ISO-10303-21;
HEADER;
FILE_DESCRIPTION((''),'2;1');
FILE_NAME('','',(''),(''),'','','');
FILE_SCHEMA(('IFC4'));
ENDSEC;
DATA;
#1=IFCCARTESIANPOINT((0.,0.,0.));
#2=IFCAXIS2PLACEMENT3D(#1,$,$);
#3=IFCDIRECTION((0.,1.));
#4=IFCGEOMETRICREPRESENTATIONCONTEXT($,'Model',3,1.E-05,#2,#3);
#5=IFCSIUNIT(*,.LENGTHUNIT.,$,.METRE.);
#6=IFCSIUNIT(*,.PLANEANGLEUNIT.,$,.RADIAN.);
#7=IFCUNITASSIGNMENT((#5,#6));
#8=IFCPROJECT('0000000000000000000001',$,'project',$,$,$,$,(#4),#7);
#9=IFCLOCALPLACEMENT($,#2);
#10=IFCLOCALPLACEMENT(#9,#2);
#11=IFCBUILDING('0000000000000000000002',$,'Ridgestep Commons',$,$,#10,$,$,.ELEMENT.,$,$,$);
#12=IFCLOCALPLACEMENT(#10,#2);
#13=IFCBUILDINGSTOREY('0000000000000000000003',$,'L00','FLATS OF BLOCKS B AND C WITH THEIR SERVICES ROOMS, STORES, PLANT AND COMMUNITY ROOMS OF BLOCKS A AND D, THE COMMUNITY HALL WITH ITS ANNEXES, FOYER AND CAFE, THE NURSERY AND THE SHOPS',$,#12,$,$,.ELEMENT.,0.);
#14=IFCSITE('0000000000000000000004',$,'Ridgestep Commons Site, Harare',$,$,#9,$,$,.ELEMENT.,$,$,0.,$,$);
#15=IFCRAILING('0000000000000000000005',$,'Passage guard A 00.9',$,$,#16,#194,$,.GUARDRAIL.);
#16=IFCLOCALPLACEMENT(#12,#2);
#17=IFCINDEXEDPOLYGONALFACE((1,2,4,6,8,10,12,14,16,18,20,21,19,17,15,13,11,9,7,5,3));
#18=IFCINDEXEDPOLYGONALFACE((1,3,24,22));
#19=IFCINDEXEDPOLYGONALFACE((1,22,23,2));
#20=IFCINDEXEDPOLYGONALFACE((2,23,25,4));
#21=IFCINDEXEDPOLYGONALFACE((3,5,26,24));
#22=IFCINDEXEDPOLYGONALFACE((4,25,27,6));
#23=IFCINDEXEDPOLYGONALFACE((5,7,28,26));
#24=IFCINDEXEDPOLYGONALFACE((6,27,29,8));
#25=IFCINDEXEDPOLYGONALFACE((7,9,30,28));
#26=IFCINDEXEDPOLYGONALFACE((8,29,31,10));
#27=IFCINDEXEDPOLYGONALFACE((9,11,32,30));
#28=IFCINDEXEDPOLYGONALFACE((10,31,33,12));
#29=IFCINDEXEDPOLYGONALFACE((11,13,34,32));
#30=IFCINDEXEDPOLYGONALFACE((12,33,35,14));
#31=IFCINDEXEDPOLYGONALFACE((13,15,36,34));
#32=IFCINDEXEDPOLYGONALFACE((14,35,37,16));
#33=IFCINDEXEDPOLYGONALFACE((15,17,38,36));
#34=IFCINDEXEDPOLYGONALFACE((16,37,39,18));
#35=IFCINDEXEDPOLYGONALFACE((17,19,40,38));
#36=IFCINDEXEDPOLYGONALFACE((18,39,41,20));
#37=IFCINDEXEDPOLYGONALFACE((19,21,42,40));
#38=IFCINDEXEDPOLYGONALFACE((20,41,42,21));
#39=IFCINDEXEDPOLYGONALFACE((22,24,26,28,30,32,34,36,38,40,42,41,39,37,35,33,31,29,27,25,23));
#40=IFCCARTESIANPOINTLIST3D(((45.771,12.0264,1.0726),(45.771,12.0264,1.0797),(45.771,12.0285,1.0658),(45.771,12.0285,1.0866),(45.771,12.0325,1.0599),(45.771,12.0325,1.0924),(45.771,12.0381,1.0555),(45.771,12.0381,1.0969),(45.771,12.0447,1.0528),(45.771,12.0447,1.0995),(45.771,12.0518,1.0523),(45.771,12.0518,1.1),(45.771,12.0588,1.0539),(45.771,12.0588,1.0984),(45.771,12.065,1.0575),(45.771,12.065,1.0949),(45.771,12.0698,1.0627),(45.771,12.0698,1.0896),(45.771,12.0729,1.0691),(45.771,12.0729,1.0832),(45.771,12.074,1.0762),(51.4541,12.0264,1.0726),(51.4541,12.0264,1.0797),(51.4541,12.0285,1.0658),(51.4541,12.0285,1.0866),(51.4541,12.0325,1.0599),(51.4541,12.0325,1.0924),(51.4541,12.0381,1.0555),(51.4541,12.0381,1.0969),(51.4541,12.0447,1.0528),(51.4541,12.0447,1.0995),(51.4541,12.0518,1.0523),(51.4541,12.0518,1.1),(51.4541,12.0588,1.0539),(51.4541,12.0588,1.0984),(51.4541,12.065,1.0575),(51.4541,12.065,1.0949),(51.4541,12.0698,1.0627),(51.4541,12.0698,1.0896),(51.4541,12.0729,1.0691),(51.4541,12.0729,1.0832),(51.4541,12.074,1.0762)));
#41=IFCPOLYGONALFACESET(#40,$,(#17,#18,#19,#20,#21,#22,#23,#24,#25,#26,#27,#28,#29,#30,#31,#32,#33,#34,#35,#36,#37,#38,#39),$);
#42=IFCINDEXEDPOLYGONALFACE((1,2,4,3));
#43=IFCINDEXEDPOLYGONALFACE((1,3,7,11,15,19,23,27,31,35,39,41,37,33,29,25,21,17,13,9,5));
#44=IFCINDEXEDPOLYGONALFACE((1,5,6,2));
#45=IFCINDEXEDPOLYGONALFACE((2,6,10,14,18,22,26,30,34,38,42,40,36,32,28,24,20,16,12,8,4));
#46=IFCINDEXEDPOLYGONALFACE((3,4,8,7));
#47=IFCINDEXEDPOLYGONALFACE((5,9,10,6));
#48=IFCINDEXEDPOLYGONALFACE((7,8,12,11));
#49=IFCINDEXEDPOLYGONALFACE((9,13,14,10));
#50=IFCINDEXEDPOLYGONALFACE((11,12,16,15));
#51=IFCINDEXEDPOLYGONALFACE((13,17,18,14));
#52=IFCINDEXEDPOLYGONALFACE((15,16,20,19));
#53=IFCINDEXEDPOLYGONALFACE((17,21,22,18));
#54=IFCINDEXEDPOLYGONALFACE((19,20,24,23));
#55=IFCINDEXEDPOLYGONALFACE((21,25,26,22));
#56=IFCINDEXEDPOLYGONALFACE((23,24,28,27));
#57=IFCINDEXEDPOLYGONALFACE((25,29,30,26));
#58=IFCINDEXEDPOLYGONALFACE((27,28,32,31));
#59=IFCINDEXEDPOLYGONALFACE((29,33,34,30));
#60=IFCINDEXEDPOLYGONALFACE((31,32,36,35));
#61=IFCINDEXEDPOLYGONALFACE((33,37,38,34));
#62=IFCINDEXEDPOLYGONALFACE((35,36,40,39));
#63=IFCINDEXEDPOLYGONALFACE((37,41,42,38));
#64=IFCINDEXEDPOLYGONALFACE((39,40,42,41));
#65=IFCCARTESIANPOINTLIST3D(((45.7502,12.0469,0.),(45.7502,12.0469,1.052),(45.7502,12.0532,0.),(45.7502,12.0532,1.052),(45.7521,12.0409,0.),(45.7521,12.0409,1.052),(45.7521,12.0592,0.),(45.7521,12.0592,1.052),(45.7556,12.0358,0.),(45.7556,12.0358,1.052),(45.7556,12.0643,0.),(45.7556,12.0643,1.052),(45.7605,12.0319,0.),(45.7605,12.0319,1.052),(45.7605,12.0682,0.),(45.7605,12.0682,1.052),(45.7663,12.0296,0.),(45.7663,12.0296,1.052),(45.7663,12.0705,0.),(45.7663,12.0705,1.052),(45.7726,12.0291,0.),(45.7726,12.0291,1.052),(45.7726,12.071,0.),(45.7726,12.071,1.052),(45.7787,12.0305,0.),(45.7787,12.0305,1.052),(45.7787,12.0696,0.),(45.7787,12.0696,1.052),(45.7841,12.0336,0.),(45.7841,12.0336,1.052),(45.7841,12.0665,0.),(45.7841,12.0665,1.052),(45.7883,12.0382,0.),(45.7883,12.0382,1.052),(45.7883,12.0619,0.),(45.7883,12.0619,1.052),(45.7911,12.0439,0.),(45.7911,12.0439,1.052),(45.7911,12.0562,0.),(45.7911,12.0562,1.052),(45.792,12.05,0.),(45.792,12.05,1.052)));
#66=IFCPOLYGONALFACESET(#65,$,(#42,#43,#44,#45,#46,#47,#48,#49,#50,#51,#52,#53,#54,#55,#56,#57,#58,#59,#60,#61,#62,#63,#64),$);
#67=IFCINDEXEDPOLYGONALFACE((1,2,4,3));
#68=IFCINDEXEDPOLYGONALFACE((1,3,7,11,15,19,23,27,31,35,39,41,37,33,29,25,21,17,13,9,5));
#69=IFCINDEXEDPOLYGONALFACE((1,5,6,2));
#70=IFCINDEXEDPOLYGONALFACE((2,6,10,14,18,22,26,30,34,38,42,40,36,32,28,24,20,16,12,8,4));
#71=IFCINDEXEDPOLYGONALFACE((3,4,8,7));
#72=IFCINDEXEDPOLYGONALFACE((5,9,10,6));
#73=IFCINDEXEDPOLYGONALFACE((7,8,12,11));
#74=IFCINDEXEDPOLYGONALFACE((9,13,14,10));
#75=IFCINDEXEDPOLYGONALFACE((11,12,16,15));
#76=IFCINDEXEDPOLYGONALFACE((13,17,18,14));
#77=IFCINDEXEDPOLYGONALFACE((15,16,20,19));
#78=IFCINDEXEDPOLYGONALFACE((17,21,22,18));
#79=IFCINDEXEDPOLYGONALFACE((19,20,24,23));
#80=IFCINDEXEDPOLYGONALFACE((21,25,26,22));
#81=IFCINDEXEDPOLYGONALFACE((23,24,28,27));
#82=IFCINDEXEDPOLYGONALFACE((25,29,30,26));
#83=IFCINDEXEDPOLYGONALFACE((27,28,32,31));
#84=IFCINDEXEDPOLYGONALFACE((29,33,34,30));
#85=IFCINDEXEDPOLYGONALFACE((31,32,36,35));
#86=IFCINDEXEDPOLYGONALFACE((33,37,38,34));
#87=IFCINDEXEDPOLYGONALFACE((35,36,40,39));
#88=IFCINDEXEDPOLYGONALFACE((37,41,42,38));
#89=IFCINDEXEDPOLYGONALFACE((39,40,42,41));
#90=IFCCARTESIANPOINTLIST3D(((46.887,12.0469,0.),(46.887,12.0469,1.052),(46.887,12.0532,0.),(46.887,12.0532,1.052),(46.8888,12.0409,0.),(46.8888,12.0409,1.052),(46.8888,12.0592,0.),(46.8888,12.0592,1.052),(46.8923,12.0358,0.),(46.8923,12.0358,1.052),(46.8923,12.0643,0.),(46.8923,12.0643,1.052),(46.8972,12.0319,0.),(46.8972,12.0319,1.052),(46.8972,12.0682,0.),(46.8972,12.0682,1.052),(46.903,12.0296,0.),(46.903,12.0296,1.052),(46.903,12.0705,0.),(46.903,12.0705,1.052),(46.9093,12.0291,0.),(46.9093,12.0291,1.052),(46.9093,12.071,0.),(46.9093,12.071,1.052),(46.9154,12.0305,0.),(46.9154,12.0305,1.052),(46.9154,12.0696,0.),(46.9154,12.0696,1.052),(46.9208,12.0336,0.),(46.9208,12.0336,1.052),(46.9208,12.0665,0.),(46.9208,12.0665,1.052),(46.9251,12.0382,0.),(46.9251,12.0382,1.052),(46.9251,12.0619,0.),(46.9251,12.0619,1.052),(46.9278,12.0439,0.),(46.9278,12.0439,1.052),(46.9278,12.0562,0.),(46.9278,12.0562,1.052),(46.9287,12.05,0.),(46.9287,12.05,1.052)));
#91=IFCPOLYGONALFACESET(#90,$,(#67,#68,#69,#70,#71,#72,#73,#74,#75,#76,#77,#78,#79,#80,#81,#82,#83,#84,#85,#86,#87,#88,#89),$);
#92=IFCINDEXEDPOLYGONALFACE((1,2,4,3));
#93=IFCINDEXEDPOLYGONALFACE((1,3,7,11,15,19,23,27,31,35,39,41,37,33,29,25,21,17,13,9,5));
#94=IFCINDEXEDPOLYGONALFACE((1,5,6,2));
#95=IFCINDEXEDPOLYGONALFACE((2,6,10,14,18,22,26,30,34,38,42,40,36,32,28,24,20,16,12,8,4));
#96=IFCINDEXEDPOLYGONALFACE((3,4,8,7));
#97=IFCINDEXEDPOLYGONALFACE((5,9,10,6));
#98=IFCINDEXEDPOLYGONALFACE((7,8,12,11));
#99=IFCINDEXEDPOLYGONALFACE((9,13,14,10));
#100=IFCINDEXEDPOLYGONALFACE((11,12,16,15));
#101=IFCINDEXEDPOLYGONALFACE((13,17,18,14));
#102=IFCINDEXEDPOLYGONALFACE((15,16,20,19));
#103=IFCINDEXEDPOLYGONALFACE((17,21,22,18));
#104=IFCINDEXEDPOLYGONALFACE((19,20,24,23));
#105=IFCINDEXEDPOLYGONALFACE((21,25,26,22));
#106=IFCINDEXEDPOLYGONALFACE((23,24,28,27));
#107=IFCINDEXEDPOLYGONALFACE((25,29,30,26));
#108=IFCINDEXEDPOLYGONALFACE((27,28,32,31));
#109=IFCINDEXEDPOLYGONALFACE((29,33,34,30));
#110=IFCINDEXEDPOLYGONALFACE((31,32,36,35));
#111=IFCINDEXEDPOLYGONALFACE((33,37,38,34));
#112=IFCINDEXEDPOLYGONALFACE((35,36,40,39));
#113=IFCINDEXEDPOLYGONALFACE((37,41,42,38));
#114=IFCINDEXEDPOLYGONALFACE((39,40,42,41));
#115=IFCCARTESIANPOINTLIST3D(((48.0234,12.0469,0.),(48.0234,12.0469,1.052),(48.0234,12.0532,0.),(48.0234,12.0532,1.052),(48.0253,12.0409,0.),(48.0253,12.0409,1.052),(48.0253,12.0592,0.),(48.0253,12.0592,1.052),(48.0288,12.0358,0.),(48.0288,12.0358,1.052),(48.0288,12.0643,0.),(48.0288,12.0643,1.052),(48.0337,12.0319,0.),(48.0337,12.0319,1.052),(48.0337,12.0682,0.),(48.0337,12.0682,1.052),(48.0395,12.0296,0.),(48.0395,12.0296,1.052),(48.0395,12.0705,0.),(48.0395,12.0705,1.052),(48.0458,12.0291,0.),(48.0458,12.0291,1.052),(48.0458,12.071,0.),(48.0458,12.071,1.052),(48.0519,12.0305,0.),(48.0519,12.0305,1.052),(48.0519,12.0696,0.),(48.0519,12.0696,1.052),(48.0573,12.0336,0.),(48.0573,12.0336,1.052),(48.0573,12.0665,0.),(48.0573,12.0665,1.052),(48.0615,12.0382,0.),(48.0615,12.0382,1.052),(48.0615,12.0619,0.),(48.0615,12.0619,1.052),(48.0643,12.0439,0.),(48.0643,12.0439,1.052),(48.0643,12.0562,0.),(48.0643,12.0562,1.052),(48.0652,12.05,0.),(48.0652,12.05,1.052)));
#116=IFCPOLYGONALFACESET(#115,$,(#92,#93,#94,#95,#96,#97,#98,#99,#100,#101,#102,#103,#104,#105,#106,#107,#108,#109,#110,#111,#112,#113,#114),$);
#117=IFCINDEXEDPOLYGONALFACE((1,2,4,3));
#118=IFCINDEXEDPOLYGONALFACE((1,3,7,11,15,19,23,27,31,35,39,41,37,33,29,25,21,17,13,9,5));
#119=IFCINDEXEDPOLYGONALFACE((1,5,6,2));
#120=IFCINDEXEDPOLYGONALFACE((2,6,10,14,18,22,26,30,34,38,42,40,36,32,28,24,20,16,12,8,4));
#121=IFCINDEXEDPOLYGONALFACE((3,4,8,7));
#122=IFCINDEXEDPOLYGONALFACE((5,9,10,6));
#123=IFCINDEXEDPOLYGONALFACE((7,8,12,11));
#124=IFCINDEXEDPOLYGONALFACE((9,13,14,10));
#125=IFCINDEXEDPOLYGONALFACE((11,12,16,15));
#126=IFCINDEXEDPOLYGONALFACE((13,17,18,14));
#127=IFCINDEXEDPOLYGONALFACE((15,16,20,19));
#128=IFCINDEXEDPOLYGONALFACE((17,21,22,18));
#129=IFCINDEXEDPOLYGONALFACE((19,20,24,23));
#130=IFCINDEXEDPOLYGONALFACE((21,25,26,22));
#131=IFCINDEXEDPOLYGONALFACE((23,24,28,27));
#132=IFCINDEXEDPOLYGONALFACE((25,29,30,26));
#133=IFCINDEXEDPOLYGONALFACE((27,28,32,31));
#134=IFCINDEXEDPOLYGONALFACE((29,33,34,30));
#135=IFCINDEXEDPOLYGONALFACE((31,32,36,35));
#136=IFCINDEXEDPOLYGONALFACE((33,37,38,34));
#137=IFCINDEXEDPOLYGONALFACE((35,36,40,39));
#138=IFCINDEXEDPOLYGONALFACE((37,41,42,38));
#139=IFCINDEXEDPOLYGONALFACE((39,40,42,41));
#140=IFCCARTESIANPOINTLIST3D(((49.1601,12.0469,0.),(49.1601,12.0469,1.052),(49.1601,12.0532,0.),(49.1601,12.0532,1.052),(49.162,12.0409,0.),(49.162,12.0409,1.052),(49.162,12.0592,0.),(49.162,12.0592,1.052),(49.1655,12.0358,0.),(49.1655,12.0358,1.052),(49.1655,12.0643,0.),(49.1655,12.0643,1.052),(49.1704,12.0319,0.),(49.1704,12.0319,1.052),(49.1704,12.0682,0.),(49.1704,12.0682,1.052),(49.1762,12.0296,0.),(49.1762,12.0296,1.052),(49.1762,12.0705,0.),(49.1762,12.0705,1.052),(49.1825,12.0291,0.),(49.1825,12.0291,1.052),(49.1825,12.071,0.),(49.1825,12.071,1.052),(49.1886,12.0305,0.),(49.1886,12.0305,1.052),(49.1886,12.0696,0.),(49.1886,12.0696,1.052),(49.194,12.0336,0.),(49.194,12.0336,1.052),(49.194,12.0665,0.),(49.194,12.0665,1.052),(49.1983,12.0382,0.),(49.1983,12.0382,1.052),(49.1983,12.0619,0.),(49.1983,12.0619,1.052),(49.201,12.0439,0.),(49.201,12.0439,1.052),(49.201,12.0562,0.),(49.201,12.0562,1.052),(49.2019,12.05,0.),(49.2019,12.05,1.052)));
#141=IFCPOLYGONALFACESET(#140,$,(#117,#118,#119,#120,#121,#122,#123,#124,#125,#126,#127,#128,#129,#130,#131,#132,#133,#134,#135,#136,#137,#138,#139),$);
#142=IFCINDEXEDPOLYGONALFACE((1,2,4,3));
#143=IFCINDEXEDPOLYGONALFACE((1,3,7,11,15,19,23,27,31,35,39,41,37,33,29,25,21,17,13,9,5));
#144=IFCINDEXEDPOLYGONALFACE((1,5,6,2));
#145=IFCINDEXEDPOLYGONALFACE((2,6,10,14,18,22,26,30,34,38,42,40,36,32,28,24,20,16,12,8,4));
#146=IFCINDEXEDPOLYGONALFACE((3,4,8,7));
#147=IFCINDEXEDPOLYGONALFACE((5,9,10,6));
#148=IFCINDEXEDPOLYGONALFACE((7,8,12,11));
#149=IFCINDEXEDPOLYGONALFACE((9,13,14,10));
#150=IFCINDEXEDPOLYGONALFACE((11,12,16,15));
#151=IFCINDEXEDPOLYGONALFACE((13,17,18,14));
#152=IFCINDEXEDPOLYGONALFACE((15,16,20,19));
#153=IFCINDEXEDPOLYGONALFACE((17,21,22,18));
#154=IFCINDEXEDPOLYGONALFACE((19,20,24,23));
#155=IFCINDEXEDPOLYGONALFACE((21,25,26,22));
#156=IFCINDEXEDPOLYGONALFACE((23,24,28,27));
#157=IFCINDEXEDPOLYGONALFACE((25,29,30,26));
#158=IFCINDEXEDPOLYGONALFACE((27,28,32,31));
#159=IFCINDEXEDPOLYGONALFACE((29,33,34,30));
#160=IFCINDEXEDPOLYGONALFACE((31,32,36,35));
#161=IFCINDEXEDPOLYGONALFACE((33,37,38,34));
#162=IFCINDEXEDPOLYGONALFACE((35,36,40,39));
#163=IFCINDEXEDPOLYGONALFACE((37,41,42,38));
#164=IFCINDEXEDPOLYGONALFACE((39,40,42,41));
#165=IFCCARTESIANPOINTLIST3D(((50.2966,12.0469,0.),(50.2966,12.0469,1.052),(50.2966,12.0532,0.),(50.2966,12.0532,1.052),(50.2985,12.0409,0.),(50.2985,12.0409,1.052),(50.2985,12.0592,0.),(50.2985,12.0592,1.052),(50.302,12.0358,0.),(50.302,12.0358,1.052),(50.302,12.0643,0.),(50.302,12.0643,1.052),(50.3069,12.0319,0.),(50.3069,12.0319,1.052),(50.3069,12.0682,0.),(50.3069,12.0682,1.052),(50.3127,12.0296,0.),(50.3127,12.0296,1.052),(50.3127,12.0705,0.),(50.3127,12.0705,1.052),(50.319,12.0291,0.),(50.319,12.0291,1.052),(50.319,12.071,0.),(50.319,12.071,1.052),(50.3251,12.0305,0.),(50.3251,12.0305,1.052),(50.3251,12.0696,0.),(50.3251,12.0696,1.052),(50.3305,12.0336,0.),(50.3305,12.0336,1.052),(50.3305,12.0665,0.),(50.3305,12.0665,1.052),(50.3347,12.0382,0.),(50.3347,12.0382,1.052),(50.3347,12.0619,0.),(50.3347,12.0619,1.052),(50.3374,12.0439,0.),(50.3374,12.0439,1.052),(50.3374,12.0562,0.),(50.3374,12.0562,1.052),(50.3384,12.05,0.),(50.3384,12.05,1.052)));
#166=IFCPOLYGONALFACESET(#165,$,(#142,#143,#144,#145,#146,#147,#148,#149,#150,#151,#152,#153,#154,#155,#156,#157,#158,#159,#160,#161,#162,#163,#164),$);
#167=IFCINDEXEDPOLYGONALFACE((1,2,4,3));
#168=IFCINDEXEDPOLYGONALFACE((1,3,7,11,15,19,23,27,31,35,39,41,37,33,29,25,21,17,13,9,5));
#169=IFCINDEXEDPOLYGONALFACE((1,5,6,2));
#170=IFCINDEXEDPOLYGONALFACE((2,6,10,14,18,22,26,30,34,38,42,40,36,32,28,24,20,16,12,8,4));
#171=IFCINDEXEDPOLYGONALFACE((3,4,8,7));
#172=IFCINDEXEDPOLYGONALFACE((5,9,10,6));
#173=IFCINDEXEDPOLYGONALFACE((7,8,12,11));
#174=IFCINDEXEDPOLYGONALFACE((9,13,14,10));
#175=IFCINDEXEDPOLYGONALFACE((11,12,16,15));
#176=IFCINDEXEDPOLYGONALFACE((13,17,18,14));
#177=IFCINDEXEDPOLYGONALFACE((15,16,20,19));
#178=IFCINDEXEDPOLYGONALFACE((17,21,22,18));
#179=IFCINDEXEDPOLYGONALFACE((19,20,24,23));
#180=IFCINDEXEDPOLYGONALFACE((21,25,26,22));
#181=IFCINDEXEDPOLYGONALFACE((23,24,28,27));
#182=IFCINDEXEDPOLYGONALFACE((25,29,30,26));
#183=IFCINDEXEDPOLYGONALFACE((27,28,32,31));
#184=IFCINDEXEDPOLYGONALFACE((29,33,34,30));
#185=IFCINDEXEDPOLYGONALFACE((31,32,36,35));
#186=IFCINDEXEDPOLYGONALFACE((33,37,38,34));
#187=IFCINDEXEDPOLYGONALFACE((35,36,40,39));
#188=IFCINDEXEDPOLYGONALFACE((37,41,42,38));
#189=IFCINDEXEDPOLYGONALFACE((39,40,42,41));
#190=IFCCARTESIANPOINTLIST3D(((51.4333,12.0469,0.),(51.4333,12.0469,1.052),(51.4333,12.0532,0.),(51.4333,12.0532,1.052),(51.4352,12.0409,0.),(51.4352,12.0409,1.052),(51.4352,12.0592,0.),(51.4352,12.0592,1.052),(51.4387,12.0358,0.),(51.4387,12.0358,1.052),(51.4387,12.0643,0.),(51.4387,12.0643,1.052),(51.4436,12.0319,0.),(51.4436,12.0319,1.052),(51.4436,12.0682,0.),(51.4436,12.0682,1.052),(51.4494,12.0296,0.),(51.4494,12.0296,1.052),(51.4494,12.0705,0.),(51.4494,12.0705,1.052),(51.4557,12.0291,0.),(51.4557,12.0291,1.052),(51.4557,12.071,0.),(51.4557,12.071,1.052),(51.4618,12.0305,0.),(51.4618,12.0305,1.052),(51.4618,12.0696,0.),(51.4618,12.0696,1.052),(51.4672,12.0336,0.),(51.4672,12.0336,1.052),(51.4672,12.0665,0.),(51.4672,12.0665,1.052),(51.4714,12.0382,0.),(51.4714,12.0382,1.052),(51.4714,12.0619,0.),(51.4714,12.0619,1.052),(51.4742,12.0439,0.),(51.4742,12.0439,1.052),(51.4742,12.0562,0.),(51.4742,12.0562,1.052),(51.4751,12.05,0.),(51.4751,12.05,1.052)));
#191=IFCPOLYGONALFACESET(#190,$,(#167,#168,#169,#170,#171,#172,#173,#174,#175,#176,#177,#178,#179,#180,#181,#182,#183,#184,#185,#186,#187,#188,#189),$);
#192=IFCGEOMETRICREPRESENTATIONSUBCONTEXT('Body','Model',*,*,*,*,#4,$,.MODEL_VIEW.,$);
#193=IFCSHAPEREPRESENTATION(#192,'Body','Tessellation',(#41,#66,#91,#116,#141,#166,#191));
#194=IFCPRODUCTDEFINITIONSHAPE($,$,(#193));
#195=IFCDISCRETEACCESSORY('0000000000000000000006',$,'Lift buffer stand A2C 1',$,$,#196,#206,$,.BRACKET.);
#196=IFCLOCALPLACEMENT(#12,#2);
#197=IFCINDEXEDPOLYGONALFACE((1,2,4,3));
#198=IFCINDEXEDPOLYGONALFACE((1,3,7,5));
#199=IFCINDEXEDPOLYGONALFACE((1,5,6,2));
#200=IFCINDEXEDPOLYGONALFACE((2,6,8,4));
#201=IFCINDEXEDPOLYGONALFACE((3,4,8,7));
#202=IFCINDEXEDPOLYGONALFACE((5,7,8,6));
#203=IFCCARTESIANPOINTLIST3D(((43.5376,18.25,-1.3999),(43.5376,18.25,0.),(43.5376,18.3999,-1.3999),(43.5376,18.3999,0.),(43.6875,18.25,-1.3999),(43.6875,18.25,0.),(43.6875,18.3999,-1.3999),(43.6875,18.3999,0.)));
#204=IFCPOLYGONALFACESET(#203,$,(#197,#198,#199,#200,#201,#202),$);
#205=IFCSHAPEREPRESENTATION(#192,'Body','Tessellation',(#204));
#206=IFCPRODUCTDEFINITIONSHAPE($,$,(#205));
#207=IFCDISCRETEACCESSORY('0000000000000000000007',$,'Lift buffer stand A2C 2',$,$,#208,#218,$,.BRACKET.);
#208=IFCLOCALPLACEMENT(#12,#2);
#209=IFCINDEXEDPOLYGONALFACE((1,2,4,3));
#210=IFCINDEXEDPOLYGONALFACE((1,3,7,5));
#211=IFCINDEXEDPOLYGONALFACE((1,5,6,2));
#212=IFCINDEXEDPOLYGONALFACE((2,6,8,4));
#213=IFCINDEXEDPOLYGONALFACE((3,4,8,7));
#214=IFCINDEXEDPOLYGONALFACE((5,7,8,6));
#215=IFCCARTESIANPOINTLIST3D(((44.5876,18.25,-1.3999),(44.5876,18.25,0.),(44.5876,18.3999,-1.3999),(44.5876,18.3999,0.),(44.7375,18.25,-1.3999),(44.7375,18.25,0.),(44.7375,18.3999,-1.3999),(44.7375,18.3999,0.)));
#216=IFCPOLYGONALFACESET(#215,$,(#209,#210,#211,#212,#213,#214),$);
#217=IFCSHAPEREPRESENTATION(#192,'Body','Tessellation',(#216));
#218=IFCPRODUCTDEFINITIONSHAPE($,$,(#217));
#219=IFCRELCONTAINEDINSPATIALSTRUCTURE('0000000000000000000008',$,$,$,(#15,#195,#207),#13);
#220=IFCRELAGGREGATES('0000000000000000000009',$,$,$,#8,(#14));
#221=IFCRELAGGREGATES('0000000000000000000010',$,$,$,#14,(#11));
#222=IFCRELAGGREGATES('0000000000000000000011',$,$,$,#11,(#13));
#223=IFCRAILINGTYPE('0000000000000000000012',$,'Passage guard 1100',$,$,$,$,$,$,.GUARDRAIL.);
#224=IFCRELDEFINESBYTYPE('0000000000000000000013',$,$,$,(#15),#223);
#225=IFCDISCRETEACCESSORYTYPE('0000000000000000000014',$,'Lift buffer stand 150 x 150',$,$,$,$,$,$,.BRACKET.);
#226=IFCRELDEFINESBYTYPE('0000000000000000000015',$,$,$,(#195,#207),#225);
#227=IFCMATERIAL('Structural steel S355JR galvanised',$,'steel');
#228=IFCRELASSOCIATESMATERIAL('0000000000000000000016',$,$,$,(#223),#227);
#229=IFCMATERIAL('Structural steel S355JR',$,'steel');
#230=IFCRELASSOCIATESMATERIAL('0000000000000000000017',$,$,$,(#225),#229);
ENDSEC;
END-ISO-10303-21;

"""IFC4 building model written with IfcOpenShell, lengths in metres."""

from ifc_helpers import new_model, si_unit, direction, frame, origin, origin_2d, place, context, subcontext, project, spatial, rectangle, circle, extrude, material, type_object, element, save


model = new_model("IFC4")

# Units and contexts
model_context = context("Model", 3, precision=1e-05, world=origin(), true_north=direction((0.0, 1.0)))
body_context = subcontext(model_context, "Body", "Model", "MODEL_VIEW")
ifc_project = project(units=[si_unit("LENGTHUNIT", "METRE"), si_unit("PLANEANGLEUNIT", "RADIAN")], contexts=[model_context])

# Site, building, storey
site_placement = place(None, origin())
site = spatial("IfcSite", under=ifc_project, at=site_placement, Name="Ridgestep Commons Site, Harare", CompositionType="ELEMENT", RefElevation=0.0)
building_placement = place(site_placement, origin())
building = spatial("IfcBuilding", under=site, at=building_placement, Name="Ridgestep Commons", CompositionType="ELEMENT")
storey_placement = place(building_placement, origin())
storey = spatial("IfcBuildingStorey", under=building, at=storey_placement, Name="L00", Description="FLATS OF BLOCKS B AND C WITH THEIR SERVICES ROOMS, STORES, PLANT AND COMMUNITY ROOMS OF BLOCKS A AND D, THE COMMUNITY HALL WITH ITS ANNEXES, FOYER AND CAFE, THE NURSERY AND THE SHOPS", CompositionType="ELEMENT", Elevation=0.0)

# Railing
ifc_material_1 = material(Name="Structural steel S355JR galvanised", Category="steel")
railing_type = type_object("IfcRailingType", Name="Passage guard 1100", PredefinedType="GUARDRAIL", material=ifc_material_1)
railing_placement = place(storey_placement, frame((45.771, 12.05, 0.0)))
element("IfcRailing", 1, at=railing_placement, inside=storey, type_object=railing_type, Name="Passage guard A 00.9", PredefinedType="GUARDRAIL", context=body_context, shape_type="SweptSolid", body=[
    extrude(circle(Radius=0.0239, at=origin_2d()), frame((0.0, 0.0, 1.0762), z_axis=(1.0, 0.0, 0.0), x_axis=(0.0, 1.0, 0.0)), (0.0, 0.0, 1.0), 5.6831),
    extrude(circle(Radius=0.021, at=origin_2d()), origin(), (0.0, 0.0, 1.0), 1.052),
    extrude(circle(Radius=0.021, at=origin_2d()), frame((1.1367, 0.0, 0.0)), (0.0, 0.0, 1.0), 1.052),
    extrude(circle(Radius=0.021, at=origin_2d()), frame((2.2732, 0.0, 0.0)), (0.0, 0.0, 1.0), 1.052),
    extrude(circle(Radius=0.021, at=origin_2d()), frame((3.4099, 0.0, 0.0)), (0.0, 0.0, 1.0), 1.052),
    extrude(circle(Radius=0.021, at=origin_2d()), frame((4.5464, 0.0, 0.0)), (0.0, 0.0, 1.0), 1.052),
    extrude(circle(Radius=0.021, at=origin_2d()), frame((5.6831, 0.0, 0.0)), (0.0, 0.0, 1.0), 1.052),
])

# Discrete accessories
ifc_material_2 = material(Name="Structural steel S355JR", Category="steel")
discrete_accessory_type = type_object("IfcDiscreteAccessoryType", Name="Lift buffer stand 150 x 150", PredefinedType="BRACKET", material=ifc_material_2)
for number, where, z_axis, x_axis, name in (
    (2, (43.6125, 18.325, -1.3999), (0.0, 0.0, 1.0), (1.0, 0.0, 0.0), "Lift buffer stand A2C 1"),
    (3, (44.6626, 18.325, -1.3999), (0.0, 0.0, 1.0), (1.0, 0.0, 0.0), "Lift buffer stand A2C 2"),
):
    element("IfcDiscreteAccessory", number, at=place(storey_placement, frame(where, z_axis=z_axis, x_axis=x_axis)), inside=storey, type_object=discrete_accessory_type, Name=name, PredefinedType="BRACKET", context=body_context, shape_type="SweptSolid", body=[
        extrude(rectangle(XDim=0.1499, YDim=0.1499, at=origin_2d()), origin(), (0.0, 0.0, 1.0), 1.3999),
    ])

save(model, "model.ifc")
